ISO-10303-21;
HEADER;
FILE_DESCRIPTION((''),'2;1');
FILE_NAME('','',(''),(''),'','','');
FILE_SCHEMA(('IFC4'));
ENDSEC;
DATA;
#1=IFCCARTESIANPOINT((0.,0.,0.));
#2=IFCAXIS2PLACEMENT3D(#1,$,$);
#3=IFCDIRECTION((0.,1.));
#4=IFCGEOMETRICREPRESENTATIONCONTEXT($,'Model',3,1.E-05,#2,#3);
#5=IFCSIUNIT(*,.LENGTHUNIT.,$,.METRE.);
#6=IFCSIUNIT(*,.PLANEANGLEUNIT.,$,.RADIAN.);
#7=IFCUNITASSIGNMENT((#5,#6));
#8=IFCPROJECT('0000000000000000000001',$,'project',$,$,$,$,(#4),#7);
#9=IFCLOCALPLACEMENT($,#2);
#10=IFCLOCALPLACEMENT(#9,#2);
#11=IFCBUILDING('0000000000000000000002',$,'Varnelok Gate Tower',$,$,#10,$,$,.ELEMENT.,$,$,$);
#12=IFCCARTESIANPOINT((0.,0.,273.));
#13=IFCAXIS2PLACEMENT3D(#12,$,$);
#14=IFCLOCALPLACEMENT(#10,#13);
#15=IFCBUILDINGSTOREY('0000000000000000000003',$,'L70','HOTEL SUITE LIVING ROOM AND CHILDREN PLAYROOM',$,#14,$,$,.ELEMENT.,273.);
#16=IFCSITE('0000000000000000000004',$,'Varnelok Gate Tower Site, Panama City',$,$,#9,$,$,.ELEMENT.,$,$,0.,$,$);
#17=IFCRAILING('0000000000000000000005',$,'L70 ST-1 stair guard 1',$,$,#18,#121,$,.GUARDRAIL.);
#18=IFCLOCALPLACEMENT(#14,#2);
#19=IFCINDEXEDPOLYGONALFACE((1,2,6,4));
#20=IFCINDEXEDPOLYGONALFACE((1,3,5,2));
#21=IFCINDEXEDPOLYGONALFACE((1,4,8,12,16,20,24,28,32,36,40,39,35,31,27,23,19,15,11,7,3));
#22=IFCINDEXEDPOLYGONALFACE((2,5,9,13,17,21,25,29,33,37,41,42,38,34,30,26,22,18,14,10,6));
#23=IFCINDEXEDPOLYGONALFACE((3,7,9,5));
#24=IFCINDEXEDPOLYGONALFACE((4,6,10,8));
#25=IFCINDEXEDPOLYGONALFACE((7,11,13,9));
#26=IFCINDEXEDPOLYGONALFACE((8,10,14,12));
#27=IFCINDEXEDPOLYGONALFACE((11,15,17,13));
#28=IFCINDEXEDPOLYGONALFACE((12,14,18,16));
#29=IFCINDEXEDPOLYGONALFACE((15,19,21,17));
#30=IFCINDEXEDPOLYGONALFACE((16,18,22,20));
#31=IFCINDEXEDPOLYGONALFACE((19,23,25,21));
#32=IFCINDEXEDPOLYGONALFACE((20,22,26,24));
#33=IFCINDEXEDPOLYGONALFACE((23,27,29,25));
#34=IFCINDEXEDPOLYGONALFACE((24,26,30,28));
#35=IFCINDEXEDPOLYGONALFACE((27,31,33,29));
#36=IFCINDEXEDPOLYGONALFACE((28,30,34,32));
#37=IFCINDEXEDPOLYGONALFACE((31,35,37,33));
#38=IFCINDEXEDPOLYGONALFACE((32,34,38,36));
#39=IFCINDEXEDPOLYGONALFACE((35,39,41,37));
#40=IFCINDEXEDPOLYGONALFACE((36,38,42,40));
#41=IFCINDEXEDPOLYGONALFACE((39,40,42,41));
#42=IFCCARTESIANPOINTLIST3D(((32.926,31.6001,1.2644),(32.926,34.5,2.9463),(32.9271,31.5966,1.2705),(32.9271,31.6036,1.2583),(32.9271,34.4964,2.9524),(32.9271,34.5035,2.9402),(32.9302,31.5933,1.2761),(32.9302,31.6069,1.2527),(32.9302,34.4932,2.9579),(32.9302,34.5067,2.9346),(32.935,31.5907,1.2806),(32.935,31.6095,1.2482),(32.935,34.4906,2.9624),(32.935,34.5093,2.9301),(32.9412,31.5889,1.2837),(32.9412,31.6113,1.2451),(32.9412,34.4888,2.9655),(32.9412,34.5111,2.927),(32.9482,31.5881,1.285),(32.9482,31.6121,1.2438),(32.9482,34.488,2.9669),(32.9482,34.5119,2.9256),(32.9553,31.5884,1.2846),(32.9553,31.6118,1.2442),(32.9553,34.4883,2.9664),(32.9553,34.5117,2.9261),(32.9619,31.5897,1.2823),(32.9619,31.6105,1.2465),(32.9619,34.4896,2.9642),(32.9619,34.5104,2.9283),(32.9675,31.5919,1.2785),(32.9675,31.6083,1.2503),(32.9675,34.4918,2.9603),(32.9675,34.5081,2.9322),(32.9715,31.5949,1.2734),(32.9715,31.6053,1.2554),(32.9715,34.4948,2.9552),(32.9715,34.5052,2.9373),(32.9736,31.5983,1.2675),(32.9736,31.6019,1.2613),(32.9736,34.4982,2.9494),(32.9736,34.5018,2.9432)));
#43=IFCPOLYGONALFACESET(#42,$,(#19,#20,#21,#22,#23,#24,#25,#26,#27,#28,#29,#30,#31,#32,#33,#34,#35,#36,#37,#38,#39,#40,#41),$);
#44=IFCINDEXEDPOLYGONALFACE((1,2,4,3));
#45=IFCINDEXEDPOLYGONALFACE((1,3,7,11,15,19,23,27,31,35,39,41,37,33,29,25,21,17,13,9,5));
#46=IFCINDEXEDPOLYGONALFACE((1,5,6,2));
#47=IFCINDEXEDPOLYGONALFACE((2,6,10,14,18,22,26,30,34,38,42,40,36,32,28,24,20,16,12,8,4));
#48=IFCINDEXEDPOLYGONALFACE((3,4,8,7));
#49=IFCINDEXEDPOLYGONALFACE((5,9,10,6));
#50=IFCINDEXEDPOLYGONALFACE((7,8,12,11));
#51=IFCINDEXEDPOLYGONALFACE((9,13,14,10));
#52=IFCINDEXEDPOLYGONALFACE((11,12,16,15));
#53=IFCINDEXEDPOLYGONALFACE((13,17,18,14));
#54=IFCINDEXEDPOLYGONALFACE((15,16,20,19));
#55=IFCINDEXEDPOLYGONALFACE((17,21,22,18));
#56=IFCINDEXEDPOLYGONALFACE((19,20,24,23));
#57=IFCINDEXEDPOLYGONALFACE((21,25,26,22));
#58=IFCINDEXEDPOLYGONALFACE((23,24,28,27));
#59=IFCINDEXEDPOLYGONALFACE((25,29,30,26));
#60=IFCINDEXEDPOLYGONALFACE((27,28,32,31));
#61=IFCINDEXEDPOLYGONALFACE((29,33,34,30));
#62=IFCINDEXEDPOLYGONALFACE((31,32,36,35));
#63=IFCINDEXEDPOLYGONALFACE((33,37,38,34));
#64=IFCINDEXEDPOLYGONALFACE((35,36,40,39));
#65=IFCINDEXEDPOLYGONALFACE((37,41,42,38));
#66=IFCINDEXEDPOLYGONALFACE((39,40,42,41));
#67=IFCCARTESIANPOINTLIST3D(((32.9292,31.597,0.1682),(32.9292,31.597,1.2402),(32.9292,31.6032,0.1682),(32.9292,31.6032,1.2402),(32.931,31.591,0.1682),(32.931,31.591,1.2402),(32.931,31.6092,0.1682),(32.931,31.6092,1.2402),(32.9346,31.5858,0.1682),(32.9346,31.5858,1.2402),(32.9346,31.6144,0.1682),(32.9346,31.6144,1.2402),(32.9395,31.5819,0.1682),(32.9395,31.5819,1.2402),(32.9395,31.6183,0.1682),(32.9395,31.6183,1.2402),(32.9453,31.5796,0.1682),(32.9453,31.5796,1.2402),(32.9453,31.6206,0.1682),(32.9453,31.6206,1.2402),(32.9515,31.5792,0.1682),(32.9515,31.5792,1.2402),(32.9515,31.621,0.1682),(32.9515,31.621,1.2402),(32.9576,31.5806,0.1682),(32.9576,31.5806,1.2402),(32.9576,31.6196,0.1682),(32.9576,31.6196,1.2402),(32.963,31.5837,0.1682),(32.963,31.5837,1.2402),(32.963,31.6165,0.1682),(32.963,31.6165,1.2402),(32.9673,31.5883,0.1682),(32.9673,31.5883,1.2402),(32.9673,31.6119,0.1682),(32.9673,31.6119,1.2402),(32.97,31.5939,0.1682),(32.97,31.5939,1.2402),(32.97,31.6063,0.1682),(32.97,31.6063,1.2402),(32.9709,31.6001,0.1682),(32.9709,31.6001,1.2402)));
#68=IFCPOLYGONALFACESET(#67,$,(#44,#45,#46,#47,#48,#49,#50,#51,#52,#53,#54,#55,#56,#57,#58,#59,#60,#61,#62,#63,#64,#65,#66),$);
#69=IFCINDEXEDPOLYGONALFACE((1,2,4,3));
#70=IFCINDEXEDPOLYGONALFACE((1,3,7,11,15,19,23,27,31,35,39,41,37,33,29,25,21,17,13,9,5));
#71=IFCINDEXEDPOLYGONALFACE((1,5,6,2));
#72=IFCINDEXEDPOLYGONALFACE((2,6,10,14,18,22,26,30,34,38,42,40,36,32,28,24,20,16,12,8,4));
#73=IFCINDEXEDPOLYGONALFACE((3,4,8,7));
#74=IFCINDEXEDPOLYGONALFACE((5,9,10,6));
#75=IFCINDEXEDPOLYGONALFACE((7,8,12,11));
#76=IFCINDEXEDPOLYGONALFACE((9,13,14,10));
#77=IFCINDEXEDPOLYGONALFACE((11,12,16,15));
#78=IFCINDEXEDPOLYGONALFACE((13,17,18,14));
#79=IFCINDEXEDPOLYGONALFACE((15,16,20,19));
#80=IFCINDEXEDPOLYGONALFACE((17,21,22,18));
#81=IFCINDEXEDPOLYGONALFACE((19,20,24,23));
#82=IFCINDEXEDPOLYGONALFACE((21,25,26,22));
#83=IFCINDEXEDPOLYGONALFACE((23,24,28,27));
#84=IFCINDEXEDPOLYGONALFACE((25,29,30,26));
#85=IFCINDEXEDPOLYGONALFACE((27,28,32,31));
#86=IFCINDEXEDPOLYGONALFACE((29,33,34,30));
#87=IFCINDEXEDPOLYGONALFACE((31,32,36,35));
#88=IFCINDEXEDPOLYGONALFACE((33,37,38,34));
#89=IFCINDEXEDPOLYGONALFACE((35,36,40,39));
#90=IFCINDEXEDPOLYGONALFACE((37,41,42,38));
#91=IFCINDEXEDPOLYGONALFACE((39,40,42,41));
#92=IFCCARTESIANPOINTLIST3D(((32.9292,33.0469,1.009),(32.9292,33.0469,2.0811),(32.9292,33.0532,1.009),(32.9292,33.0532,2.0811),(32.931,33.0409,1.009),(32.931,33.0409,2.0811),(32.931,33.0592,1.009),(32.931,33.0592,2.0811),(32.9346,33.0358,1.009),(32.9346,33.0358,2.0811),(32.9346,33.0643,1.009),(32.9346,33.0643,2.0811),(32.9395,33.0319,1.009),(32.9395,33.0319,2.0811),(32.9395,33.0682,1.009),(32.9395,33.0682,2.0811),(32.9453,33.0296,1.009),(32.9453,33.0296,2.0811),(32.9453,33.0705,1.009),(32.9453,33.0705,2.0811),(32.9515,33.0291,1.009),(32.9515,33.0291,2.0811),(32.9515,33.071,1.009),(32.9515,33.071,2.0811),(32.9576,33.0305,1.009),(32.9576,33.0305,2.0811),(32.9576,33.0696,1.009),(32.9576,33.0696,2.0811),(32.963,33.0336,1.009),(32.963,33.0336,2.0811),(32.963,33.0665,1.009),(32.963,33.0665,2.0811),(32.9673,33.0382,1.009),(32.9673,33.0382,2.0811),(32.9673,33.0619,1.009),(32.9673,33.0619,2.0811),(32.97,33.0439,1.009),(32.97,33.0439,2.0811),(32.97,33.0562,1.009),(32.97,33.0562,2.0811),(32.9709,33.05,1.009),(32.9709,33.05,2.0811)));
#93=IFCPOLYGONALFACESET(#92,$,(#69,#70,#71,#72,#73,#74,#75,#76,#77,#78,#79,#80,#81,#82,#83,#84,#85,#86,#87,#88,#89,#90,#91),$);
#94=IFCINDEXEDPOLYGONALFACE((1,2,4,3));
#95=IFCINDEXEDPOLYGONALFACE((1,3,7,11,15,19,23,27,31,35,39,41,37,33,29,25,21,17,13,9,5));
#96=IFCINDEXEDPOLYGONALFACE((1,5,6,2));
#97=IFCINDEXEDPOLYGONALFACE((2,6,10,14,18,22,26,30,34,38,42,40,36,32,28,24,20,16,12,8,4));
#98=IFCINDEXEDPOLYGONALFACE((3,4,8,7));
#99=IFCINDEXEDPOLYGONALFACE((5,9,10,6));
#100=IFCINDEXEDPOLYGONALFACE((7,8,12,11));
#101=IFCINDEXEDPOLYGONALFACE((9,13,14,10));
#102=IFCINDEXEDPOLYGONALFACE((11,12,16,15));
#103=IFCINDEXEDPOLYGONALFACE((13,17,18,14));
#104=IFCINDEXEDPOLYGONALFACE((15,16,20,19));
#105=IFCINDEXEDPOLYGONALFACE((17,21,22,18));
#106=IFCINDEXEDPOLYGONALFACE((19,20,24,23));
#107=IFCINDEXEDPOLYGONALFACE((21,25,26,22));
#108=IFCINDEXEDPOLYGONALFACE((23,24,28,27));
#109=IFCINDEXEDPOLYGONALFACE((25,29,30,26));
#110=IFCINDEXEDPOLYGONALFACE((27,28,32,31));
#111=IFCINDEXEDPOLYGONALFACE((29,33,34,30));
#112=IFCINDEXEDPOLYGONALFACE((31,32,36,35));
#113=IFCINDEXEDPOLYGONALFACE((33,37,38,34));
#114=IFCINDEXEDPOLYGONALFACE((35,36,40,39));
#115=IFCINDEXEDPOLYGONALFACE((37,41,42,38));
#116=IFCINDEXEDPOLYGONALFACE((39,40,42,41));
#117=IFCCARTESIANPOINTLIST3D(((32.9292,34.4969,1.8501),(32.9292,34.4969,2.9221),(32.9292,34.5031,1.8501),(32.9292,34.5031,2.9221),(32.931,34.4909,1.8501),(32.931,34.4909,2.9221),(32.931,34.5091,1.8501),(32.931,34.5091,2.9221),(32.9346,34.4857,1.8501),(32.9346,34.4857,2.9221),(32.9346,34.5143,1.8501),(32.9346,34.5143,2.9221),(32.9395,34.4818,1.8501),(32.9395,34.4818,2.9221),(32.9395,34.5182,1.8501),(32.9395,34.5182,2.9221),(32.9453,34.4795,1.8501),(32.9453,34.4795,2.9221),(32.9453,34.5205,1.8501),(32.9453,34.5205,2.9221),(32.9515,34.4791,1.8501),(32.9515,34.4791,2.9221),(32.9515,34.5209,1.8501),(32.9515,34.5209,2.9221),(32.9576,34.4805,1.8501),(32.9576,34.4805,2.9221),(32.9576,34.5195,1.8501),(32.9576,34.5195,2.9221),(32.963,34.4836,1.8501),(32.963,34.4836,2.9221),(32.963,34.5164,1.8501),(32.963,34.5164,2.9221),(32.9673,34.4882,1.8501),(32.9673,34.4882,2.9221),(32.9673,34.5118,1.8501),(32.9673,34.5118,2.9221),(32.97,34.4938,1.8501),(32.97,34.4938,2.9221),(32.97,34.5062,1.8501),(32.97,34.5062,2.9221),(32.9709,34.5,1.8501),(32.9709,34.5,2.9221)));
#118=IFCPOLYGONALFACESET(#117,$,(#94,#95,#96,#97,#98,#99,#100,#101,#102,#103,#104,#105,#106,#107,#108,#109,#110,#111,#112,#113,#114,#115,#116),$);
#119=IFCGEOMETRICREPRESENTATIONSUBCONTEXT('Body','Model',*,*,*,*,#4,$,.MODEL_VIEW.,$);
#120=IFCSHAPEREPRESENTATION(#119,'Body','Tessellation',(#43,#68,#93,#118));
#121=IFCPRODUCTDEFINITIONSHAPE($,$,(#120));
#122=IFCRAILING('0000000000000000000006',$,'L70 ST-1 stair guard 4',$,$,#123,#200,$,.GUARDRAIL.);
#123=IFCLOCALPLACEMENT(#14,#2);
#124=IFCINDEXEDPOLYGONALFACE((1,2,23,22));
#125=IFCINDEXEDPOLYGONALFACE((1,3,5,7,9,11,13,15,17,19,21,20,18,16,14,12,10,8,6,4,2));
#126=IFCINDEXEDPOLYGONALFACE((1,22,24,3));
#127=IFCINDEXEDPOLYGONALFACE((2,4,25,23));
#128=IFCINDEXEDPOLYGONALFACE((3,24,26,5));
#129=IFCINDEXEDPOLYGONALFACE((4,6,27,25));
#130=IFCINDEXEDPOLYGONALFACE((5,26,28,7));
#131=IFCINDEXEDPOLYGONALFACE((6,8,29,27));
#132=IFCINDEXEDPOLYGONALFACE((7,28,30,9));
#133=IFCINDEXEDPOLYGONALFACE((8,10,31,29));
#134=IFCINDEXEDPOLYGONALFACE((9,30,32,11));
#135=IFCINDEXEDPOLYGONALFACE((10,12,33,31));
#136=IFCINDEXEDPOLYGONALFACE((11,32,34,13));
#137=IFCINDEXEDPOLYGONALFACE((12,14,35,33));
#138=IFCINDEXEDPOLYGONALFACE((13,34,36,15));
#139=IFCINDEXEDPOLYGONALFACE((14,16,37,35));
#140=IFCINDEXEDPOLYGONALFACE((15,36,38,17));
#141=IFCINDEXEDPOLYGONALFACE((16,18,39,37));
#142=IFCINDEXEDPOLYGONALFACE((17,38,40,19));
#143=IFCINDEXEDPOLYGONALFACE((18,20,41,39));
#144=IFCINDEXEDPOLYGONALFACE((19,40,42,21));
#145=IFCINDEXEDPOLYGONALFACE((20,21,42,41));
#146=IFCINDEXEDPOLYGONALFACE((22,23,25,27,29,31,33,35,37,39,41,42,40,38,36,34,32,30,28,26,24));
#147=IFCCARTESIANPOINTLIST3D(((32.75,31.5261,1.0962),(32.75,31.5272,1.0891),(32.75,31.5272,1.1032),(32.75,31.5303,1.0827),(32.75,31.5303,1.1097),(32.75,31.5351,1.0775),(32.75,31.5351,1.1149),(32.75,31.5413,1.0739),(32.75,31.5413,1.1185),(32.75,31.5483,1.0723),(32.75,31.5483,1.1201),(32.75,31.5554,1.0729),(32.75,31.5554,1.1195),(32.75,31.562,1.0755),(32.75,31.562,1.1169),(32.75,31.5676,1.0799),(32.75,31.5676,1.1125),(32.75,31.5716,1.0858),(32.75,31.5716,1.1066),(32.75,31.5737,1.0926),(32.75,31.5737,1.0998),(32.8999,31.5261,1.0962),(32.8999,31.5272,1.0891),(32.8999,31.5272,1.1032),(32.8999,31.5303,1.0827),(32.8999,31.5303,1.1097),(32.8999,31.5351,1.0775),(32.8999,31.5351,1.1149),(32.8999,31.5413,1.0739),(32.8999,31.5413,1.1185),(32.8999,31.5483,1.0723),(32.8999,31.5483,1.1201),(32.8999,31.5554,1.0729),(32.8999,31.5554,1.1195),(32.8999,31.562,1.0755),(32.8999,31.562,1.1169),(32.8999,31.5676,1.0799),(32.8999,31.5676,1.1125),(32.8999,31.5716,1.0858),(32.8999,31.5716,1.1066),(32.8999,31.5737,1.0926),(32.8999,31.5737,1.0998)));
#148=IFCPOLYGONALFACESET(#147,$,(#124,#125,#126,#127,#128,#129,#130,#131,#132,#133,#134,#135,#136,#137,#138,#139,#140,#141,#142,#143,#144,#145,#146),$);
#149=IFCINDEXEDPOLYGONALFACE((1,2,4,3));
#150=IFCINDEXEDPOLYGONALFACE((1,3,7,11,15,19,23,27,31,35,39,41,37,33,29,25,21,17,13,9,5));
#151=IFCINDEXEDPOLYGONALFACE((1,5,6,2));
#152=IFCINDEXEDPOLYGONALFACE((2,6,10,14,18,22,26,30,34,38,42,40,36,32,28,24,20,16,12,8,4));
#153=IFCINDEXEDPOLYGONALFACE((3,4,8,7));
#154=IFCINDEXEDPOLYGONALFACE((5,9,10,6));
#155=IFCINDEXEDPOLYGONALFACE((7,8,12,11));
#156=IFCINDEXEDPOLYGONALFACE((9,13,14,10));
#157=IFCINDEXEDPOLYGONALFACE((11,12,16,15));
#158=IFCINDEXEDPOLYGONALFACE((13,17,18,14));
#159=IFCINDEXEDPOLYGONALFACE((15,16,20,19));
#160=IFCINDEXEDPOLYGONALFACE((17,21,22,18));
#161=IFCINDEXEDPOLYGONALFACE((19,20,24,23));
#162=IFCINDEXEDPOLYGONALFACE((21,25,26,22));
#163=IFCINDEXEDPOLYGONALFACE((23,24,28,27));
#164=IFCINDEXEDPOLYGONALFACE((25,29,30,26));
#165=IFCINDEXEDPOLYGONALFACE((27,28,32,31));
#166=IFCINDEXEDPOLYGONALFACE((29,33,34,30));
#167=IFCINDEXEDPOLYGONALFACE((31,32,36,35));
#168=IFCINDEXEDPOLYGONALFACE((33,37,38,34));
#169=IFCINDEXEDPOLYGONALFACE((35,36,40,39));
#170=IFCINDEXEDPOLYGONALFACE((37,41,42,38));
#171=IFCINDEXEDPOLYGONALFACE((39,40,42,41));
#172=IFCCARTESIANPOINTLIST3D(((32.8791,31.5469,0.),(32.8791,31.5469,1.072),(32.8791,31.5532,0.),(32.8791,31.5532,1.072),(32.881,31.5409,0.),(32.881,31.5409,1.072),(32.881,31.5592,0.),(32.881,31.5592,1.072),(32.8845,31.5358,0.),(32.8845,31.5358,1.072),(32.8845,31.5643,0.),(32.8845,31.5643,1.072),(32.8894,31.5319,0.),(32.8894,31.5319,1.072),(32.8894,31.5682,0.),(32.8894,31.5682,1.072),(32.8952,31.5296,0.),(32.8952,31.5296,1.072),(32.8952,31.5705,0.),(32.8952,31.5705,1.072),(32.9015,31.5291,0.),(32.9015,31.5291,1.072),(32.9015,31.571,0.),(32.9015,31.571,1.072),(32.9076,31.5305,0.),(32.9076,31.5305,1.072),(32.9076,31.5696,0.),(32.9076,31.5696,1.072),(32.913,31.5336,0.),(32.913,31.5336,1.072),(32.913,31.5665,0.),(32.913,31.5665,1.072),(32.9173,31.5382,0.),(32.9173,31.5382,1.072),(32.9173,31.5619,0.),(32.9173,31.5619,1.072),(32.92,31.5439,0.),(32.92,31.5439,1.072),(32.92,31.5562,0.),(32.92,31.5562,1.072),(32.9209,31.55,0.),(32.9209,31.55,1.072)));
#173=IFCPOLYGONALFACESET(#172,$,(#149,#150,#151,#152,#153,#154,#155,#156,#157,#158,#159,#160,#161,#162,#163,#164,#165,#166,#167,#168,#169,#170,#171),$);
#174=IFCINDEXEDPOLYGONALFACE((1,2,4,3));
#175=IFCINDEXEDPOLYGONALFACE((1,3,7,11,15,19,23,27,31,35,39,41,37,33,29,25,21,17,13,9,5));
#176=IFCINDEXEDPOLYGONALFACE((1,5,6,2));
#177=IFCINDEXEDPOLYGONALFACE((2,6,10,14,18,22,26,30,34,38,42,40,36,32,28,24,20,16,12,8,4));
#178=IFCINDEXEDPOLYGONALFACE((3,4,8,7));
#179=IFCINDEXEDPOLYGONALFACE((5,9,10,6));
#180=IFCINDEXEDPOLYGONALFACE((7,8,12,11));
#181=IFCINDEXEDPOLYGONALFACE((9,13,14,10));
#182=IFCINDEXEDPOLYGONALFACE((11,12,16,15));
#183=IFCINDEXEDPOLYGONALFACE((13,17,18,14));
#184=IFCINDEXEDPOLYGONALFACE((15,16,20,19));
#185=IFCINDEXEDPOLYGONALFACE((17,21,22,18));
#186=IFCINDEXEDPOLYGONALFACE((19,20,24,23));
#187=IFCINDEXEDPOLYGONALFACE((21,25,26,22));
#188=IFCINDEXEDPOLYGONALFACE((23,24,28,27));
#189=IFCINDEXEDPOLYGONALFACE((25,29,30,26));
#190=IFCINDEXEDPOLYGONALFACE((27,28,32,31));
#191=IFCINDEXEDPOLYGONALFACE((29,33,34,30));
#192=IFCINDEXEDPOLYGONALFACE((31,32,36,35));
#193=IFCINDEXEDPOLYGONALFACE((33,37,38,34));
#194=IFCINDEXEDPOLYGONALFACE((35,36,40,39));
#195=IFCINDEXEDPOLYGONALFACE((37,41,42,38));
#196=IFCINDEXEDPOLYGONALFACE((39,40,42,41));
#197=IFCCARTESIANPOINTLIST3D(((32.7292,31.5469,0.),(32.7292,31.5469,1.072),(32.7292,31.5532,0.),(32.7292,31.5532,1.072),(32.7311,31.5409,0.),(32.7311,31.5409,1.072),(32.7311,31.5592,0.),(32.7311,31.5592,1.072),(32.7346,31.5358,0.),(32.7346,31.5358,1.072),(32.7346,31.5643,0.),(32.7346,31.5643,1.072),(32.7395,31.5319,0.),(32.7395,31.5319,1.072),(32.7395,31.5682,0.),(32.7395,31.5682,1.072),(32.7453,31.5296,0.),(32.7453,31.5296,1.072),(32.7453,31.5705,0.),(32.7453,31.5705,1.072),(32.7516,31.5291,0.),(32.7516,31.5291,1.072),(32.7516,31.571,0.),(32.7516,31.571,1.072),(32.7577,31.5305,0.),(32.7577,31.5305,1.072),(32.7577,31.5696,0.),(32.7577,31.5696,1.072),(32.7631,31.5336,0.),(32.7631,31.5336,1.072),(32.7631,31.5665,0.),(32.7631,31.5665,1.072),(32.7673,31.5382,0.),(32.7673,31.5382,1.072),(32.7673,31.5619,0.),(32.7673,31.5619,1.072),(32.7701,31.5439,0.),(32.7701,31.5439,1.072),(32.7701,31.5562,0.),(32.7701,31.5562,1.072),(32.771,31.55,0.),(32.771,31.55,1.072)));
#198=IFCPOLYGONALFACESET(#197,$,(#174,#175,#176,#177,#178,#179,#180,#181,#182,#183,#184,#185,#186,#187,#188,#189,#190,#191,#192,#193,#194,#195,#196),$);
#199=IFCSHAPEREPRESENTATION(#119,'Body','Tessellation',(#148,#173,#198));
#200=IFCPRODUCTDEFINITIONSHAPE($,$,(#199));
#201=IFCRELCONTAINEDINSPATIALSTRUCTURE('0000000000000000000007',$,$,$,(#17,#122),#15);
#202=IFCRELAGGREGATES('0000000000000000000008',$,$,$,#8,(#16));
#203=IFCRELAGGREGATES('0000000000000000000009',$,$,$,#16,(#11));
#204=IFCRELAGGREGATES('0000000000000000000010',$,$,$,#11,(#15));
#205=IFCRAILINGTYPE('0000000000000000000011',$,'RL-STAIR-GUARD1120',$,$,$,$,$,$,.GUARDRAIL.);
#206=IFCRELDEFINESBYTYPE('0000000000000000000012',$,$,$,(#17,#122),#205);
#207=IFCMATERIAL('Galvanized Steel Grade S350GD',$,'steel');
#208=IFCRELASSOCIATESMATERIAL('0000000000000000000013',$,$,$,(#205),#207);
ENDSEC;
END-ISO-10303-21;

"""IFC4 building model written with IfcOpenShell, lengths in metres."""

from ifc_helpers import new_model, si_unit, direction, frame, origin, origin_2d, place, context, subcontext, project, spatial, circle, extrude, material, type_object, element, save


model = new_model("IFC4")

# Units and contexts
model_context = context("Model", 3, precision=1e-05, world=origin(), true_north=direction((0.0, 1.0)))
body_context = subcontext(model_context, "Body", "Model", "MODEL_VIEW")
ifc_project = project(units=[si_unit("LENGTHUNIT", "METRE"), si_unit("PLANEANGLEUNIT", "RADIAN")], contexts=[model_context])

# Site, building, storey
site_placement = place(None, origin())
site = spatial("IfcSite", under=ifc_project, at=site_placement, Name="Varnelok Gate Tower Site, Panama City", CompositionType="ELEMENT", RefElevation=0.0)
building_placement = place(site_placement, origin())
building = spatial("IfcBuilding", under=site, at=building_placement, Name="Varnelok Gate Tower", CompositionType="ELEMENT")
storey_placement = place(building_placement, frame((0.0, 0.0, 273.0)))
storey = spatial("IfcBuildingStorey", under=building, at=storey_placement, Name="L70", Description="HOTEL SUITE LIVING ROOM AND CHILDREN PLAYROOM", CompositionType="ELEMENT", Elevation=273.0)

# Shared definitions
ifc_material_1 = material(Name="Galvanized Steel Grade S350GD", Category="steel")

# Railings
railing_type_1 = type_object("IfcRailingType", Name="RL-STAIR-GUARD1120", PredefinedType="GUARDRAIL", material=ifc_material_1)
railing_1_placement = place(storey_placement, frame((32.95, 31.6001, 0.1682)))
element("IfcRailing", 1, at=railing_1_placement, inside=storey, type_object=railing_type_1, Name="L70 ST-1 stair guard 1", PredefinedType="GUARDRAIL", context=body_context, shape_type="SweptSolid", body=[
    extrude(circle(Radius=0.0239, at=origin_2d()), frame((0.0, 0.0, 1.0962), z_axis=(0.0, 0.865039, 0.501705), x_axis=(-1.0, 0.0, 0.0)), (0.0, 0.0, 1.0), 3.3523),
    extrude(circle(Radius=0.021, at=origin_2d()), origin(), (0.0, 0.0, 1.0), 1.072),
    extrude(circle(Radius=0.021, at=origin_2d()), frame((0.0, 1.45, 0.8408)), (0.0, 0.0, 1.0), 1.072),
    extrude(circle(Radius=0.021, at=origin_2d()), frame((0.0, 2.8999, 1.6819)), (0.0, 0.0, 1.0), 1.072),
])
railing_2_placement = place(storey_placement, frame((32.8999, 31.55, 0.0)))
element("IfcRailing", 2, at=railing_2_placement, inside=storey, type_object=railing_type_1, Name="L70 ST-1 stair guard 4", PredefinedType="GUARDRAIL", context=body_context, shape_type="SweptSolid", body=[
    extrude(circle(Radius=0.0239, at=origin_2d()), frame((0.0, 0.0, 1.0962), z_axis=(-1.0, 0.0, 0.0), x_axis=(0.0, -1.0, 0.0)), (0.0, 0.0, 1.0), 0.1499),
    extrude(circle(Radius=0.021, at=origin_2d()), origin(), (0.0, 0.0, 1.0), 1.072),
    extrude(circle(Radius=0.021, at=origin_2d()), frame((-0.1499, 0.0, 0.0)), (0.0, 0.0, 1.0), 1.072),
])

save(model, "model.ifc")
